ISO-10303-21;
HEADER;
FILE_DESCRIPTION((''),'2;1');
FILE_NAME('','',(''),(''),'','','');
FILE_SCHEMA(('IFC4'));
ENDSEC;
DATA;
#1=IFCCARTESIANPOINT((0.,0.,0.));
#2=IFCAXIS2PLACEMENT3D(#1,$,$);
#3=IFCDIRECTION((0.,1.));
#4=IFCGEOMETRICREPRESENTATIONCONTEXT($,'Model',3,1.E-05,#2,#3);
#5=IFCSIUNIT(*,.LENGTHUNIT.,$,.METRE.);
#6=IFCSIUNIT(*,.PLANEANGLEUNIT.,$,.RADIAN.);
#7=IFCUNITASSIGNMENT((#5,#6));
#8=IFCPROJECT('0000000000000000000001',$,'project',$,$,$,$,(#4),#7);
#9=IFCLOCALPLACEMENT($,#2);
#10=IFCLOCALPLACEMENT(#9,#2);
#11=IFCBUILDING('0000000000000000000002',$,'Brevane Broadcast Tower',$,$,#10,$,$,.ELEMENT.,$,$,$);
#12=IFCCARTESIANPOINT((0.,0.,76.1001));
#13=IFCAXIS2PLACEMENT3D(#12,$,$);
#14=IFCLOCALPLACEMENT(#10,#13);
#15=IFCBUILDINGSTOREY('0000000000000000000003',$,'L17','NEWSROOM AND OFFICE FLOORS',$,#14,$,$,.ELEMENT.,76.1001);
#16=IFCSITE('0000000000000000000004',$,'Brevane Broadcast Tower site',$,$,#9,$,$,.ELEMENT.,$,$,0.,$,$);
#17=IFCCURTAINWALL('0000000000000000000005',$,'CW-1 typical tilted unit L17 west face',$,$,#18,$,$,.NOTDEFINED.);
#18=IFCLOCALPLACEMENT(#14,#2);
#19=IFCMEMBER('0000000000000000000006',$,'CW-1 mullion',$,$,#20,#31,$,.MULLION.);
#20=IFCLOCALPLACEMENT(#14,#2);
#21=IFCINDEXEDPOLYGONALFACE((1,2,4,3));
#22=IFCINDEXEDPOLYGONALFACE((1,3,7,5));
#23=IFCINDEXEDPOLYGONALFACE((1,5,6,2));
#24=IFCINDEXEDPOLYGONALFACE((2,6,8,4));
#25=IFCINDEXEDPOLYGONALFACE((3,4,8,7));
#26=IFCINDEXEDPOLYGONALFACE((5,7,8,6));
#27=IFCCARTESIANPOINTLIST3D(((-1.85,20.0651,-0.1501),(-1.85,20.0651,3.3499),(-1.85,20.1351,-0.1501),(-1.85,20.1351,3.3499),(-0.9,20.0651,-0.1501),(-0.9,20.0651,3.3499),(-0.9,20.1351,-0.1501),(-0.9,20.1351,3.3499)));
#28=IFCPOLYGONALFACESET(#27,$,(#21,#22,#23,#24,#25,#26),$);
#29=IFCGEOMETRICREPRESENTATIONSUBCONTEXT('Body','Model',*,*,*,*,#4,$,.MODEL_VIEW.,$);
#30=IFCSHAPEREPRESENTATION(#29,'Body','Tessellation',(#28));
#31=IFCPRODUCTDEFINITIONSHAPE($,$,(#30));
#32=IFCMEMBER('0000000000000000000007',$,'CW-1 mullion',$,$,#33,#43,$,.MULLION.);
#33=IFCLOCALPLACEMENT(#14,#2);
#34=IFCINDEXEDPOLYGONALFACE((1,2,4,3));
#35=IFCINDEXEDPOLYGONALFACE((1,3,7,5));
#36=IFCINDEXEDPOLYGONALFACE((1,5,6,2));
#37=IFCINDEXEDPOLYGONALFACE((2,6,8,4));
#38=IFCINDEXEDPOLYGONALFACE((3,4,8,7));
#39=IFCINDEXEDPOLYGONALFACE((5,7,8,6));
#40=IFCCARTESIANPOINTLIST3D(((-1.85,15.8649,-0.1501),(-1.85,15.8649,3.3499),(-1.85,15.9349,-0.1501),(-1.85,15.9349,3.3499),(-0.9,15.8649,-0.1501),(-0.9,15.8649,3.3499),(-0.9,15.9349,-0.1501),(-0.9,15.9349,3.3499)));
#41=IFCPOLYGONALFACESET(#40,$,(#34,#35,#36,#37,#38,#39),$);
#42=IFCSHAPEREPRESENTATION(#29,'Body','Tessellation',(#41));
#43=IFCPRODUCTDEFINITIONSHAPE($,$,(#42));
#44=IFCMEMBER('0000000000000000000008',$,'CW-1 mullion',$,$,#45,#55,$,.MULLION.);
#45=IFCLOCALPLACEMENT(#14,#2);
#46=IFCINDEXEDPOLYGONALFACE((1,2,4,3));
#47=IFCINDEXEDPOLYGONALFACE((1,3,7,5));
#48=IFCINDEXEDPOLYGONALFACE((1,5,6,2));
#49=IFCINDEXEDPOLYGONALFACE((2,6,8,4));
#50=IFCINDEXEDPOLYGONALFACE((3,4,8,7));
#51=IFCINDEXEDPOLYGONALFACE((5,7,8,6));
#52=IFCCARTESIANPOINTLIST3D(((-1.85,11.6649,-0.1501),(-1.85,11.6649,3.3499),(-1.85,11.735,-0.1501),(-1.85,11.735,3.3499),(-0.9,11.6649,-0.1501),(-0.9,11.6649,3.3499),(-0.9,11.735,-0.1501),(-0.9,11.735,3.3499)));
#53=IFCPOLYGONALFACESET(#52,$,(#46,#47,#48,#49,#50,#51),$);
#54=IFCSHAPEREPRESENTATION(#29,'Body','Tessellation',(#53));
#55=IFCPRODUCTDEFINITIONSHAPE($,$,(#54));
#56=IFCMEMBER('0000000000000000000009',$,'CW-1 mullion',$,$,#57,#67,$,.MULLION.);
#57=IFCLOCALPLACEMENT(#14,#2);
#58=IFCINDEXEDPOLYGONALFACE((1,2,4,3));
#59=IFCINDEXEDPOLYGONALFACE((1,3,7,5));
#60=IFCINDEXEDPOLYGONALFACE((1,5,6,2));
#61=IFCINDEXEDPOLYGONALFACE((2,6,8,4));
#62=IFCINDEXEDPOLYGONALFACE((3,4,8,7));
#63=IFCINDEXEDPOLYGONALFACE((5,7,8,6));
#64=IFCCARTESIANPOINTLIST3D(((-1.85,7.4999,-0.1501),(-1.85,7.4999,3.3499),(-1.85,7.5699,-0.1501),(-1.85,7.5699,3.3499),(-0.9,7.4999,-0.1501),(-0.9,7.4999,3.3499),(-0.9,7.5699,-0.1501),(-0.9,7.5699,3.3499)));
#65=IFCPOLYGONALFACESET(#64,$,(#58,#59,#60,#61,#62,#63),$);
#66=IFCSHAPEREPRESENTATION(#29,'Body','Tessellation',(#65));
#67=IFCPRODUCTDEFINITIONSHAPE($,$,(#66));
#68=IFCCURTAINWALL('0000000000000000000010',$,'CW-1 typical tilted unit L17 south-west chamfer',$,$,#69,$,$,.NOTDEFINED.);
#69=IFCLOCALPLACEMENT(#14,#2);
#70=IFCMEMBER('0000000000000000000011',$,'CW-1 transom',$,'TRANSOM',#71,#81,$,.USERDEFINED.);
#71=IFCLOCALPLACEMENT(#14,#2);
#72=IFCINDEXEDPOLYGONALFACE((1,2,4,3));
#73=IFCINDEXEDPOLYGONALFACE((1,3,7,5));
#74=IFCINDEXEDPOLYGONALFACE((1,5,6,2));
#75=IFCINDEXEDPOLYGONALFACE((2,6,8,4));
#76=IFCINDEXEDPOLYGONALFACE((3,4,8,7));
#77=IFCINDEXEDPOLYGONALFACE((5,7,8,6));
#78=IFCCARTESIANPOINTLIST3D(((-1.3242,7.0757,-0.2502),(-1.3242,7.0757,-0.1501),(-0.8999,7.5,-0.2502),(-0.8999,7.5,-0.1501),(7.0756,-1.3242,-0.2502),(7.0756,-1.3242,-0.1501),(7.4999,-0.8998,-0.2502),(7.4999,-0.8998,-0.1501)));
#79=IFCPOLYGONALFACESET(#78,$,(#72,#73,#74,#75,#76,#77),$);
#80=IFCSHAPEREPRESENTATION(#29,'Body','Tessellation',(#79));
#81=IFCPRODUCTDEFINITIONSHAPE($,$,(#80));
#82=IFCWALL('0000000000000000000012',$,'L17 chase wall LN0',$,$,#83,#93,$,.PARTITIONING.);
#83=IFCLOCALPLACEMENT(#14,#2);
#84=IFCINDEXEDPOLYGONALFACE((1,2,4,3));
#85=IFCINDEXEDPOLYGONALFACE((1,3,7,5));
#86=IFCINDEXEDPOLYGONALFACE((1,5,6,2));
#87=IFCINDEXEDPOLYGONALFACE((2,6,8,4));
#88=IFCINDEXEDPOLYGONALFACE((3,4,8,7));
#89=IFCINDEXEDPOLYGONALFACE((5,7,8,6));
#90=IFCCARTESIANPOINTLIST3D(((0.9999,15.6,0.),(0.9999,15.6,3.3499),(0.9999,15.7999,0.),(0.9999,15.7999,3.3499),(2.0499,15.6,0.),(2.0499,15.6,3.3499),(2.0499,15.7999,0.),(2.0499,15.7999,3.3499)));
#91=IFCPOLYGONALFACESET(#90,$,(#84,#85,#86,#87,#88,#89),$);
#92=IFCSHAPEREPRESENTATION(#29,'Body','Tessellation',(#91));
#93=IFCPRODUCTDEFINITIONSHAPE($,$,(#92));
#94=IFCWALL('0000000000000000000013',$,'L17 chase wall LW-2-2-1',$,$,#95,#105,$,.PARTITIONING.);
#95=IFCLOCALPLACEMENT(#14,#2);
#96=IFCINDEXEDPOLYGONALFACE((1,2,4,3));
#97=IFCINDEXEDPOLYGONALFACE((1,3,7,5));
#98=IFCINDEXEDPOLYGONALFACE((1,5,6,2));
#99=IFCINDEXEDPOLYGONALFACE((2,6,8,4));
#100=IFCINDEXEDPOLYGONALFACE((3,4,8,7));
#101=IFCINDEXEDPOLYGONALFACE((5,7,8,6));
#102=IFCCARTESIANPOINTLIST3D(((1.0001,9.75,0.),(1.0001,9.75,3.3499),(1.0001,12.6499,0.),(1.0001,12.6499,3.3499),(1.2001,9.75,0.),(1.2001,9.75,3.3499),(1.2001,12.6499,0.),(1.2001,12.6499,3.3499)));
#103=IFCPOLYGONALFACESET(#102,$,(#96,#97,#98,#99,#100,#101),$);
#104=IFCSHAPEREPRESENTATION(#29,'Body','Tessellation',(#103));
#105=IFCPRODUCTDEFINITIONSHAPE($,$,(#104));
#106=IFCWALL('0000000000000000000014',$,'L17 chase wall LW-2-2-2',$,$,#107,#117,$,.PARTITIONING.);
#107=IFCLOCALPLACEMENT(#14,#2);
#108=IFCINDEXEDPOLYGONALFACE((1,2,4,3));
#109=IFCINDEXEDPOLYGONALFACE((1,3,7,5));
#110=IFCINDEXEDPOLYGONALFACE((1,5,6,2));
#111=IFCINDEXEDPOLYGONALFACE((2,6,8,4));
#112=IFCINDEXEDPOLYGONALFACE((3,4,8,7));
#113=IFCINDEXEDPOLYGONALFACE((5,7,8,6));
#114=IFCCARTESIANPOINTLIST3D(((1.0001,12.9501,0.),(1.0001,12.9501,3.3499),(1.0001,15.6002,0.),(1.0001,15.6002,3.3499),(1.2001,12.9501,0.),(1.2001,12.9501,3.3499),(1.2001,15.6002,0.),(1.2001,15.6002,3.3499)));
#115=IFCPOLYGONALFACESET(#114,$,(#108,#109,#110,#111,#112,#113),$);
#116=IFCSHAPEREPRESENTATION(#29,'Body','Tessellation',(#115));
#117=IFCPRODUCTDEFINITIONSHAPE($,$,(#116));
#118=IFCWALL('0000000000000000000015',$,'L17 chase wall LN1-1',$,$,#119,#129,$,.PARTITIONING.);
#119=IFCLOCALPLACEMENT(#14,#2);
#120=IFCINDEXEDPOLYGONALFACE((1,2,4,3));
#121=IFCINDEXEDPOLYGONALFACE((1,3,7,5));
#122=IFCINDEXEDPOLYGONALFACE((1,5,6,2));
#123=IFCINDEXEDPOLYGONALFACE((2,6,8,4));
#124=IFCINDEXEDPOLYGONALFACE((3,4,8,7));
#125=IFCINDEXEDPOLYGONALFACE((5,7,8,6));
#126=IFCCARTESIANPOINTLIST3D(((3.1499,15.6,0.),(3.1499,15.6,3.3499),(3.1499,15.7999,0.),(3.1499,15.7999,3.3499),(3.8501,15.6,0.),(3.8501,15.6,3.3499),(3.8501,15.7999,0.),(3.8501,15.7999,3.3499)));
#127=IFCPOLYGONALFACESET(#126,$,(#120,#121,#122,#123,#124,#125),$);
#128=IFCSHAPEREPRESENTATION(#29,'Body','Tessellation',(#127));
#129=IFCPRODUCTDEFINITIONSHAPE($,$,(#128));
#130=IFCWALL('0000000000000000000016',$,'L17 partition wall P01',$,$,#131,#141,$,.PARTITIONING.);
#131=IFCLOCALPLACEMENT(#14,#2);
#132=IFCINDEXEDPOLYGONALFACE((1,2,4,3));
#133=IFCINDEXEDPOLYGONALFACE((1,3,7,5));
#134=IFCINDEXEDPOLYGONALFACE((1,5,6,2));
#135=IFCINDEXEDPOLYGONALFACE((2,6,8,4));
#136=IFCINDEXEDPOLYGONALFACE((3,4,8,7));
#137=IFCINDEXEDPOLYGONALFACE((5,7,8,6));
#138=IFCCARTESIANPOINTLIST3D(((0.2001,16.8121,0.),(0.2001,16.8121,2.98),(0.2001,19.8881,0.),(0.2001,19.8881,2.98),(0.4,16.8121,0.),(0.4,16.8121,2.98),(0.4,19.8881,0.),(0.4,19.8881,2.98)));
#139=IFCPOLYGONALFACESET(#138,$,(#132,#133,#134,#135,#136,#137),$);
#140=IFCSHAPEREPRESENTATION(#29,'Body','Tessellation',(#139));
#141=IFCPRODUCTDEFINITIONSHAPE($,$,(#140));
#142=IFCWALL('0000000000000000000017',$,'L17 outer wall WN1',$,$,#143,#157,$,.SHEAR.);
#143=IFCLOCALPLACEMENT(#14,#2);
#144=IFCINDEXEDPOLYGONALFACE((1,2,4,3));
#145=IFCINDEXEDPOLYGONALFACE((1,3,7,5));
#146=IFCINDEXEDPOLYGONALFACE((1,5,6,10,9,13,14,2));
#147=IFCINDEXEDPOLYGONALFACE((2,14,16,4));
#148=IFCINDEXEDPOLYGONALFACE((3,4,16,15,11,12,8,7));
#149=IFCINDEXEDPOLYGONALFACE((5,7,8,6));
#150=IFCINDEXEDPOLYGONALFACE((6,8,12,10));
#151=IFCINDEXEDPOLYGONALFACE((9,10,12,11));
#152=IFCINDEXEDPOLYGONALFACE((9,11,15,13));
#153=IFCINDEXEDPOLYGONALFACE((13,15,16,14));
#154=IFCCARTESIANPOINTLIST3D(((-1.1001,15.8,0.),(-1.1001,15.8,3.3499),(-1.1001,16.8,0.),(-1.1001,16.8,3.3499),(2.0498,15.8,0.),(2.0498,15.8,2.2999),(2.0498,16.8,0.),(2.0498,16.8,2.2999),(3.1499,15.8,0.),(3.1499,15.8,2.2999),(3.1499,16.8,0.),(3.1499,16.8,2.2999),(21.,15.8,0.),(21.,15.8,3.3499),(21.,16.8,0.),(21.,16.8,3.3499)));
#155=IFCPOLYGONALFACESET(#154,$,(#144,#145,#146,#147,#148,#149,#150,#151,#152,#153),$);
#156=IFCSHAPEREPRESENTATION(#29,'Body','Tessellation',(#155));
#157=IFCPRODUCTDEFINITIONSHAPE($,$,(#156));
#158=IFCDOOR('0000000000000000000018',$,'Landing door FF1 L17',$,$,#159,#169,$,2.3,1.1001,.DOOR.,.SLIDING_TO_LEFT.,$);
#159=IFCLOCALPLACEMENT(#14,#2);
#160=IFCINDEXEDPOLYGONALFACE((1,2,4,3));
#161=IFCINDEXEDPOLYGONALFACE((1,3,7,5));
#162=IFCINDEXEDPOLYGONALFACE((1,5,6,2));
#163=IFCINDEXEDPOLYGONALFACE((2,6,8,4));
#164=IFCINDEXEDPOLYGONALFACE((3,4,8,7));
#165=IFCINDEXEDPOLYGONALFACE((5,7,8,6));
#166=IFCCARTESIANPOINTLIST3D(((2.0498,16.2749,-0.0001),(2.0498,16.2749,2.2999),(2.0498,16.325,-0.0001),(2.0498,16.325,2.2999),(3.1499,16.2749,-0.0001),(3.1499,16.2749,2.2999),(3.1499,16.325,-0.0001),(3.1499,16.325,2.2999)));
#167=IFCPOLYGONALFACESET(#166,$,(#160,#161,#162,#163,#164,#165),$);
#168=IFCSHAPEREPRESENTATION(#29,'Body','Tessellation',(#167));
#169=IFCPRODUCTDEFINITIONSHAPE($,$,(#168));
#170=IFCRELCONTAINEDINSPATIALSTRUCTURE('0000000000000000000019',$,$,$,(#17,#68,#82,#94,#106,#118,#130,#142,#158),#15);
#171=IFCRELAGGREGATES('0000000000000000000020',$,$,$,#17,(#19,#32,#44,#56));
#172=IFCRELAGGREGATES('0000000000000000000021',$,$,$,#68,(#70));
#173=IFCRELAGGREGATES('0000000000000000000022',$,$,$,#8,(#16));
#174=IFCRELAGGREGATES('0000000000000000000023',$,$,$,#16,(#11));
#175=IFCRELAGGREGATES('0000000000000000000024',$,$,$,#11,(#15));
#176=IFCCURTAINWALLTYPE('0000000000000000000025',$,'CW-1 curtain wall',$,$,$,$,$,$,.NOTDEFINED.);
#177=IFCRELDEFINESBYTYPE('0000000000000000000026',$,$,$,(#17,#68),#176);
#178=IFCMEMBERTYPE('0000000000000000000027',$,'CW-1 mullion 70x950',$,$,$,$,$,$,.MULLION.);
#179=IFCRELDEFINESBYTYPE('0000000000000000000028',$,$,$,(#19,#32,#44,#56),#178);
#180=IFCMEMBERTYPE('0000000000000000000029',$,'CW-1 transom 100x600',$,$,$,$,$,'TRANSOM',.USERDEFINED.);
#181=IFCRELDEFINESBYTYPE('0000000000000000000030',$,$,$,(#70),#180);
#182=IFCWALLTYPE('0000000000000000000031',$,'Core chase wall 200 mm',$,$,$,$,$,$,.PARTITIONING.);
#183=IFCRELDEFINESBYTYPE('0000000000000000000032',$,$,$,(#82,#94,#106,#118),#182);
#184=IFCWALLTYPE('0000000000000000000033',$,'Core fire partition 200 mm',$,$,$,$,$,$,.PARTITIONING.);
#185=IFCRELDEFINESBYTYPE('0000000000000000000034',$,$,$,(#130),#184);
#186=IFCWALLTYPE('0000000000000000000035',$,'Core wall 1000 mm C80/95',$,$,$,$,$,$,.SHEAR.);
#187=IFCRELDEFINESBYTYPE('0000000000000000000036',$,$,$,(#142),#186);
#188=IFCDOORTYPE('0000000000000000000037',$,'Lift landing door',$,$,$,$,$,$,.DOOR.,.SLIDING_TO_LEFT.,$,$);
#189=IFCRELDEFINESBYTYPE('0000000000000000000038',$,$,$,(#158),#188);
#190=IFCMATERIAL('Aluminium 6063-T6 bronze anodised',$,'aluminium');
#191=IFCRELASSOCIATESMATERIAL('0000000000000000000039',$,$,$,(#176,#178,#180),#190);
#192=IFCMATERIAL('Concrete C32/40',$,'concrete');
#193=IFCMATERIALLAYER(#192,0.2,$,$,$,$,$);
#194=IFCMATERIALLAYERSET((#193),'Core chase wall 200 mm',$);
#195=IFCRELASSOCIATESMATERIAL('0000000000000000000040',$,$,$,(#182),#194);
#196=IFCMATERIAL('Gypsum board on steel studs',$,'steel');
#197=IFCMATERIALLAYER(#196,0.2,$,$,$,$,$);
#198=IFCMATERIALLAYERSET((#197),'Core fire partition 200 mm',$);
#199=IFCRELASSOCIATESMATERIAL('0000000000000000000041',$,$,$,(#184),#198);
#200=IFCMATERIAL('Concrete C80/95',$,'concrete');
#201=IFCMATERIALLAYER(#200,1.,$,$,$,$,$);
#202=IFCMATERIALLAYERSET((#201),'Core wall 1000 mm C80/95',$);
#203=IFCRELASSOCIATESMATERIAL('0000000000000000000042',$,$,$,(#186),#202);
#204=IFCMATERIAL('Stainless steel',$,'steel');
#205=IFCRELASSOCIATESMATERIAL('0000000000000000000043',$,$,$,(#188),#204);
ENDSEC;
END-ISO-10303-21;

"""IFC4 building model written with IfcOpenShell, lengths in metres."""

from ifc_helpers import new_model, si_unit, direction, frame, frame_2d, origin, origin_2d, place, context, subcontext, project, spatial, rectangle, extrude, material, layer, layer_set, material_profile, profile_set, type_object, element, fill, aggregate, save


model = new_model("IFC4")

# Units and contexts
model_context = context("Model", 3, precision=1e-05, world=origin(), true_north=direction((0.0, 1.0)))
body_context = subcontext(model_context, "Body", "Model", "MODEL_VIEW")
ifc_project = project(units=[si_unit("LENGTHUNIT", "METRE"), si_unit("PLANEANGLEUNIT", "RADIAN")], contexts=[model_context])

# Site, building, storey
site_placement = place(None, origin())
site = spatial("IfcSite", under=ifc_project, at=site_placement, Name="Brevane Broadcast Tower site", CompositionType="ELEMENT", RefElevation=0.0)
building_placement = place(site_placement, origin())
building = spatial("IfcBuilding", under=site, at=building_placement, Name="Brevane Broadcast Tower", CompositionType="ELEMENT")
storey_placement = place(building_placement, frame((0.0, 0.0, 76.1001)))
storey = spatial("IfcBuildingStorey", under=building, at=storey_placement, Name="L17", Description="NEWSROOM AND OFFICE FLOORS", CompositionType="ELEMENT", Elevation=76.1001)

# Curtain wall, members
ifc_material_1 = material(Name="Aluminium 6063-T6 bronze anodised", Category="aluminium")
curtain_wall_type = type_object("IfcCurtainWallType", Name="CW-1 curtain wall", PredefinedType="NOTDEFINED", material=ifc_material_1)
curtain_wall_1_placement = place(storey_placement, origin())
curtain_wall_1 = element("IfcCurtainWall", 1, at=curtain_wall_1_placement, inside=storey, type_object=curtain_wall_type, Name="CW-1 typical tilted unit L17 west face", PredefinedType="NOTDEFINED")
ifc_material_profile_1 = material_profile(ifc_material_1, rectangle(XDim=0.95, YDim=0.0701, at=origin_2d()), Name="RECT 70x950")
ifc_profile_set_1 = profile_set([ifc_material_profile_1], Name="Aluminium 6063-T6 bronze anodised")
member_type_1 = type_object("IfcMemberType", Name="CW-1 mullion 70x950", PredefinedType="MULLION", material=ifc_profile_set_1)
member_1_placement = place(storey_placement, frame((-1.375, 20.1001, -0.1501), z_axis=(0.0, 0.0, 1.0), x_axis=(1.0, 0.0, 0.0)))
member_1 = element("IfcMember", 2, at=member_1_placement, type_object=member_type_1, Name="CW-1 mullion", PredefinedType="MULLION", context=body_context, shape_type="SweptSolid", body=[
    extrude(rectangle(XDim=0.95, YDim=0.0701, at=origin_2d()), origin(), (0.0, 0.0, 1.0), 3.5),
])
member_2_placement = place(storey_placement, frame((-1.375, 15.8999, -0.1501), z_axis=(0.0, 0.0, 1.0), x_axis=(1.0, 0.0, 0.0)))
member_2 = element("IfcMember", 3, at=member_2_placement, type_object=member_type_1, Name="CW-1 mullion", PredefinedType="MULLION", context=body_context, shape_type="SweptSolid", body=[
    extrude(rectangle(XDim=0.95, YDim=0.0701, at=origin_2d()), origin(), (0.0, 0.0, 1.0), 3.5),
])
member_3_placement = place(storey_placement, frame((-1.375, 11.7, -0.1501), z_axis=(0.0, 0.0, 1.0), x_axis=(1.0, 0.0, 0.0)))
member_3 = element("IfcMember", 4, at=member_3_placement, type_object=member_type_1, Name="CW-1 mullion", PredefinedType="MULLION", context=body_context, shape_type="SweptSolid", body=[
    extrude(rectangle(XDim=0.95, YDim=0.0701, at=origin_2d()), origin(), (0.0, 0.0, 1.0), 3.5),
])
member_4_placement = place(storey_placement, frame((-1.375, 7.5349, -0.1501), z_axis=(0.0, 0.0, 1.0), x_axis=(1.0, 0.0, 0.0)))
member_4 = element("IfcMember", 5, at=member_4_placement, type_object=member_type_1, Name="CW-1 mullion", PredefinedType="MULLION", context=body_context, shape_type="SweptSolid", body=[
    extrude(rectangle(XDim=0.95, YDim=0.0701, at=origin_2d()), origin(), (0.0, 0.0, 1.0), 3.5),
])
aggregate(curtain_wall_1, [member_1, member_2, member_3, member_4])

# Curtain wall, member
curtain_wall_2_placement = place(storey_placement, origin())
curtain_wall_2 = element("IfcCurtainWall", 6, at=curtain_wall_2_placement, inside=storey, type_object=curtain_wall_type, Name="CW-1 typical tilted unit L17 south-west chamfer", PredefinedType="NOTDEFINED")
ifc_material_profile_2 = material_profile(ifc_material_1, rectangle(XDim=0.6001, YDim=0.1001, at=origin_2d()), Name="RECT 100x600")
ifc_profile_set_2 = profile_set([ifc_material_profile_2], Name="Aluminium 6063-T6 bronze anodised")
member_type_2 = type_object("IfcMemberType", Name="CW-1 transom 100x600", ElementType="TRANSOM", PredefinedType="USERDEFINED", material=ifc_profile_set_2)
member_5_placement = place(storey_placement, frame((-1.1121, 7.2878, -0.2002), z_axis=(0.707107, -0.707107, 0.0), x_axis=(0.707107, 0.707107, 0.0)))
member_5 = element("IfcMember", 7, at=member_5_placement, type_object=member_type_2, Name="CW-1 transom", ObjectType="TRANSOM", PredefinedType="USERDEFINED", context=body_context, shape_type="SweptSolid", body=[
    extrude(rectangle(XDim=0.6001, YDim=0.1001, at=origin_2d()), origin(), (0.0, 0.0, 1.0), 11.8792),
])
aggregate(curtain_wall_2, [member_5])

# Walls
ifc_material_2 = material(Name="Concrete C32/40", Category="concrete")
ifc_layer_1 = layer(ifc_material_2, 0.2)
ifc_layer_set_1 = layer_set([ifc_layer_1], Name="Core chase wall 200 mm")
wall_type_1 = type_object("IfcWallType", Name="Core chase wall 200 mm", PredefinedType="PARTITIONING", material=ifc_layer_set_1)
wall_1_placement = place(storey_placement, frame((1.0, 15.7, 0.0), z_axis=(0.0, 0.0, 1.0), x_axis=(1.0, 0.0, 0.0)))
element("IfcWall", 8, at=wall_1_placement, inside=storey, type_object=wall_type_1, Name="L17 chase wall LN0", PredefinedType="PARTITIONING", context=body_context, shape_type="SweptSolid", body=[
    extrude(rectangle(XDim=1.05, YDim=0.2, at=frame_2d((0.5249, 0.0))), origin(), (0.0, 0.0, 1.0), 3.3499),
])
wall_2_placement = place(storey_placement, frame((1.1001, 9.75, 0.0), z_axis=(0.0, 0.0, 1.0), x_axis=(0.0, 1.0, 0.0)))
element("IfcWall", 9, at=wall_2_placement, inside=storey, type_object=wall_type_1, Name="L17 chase wall LW-2-2-1", PredefinedType="PARTITIONING", context=body_context, shape_type="SweptSolid", body=[
    extrude(rectangle(XDim=2.8999, YDim=0.2, at=frame_2d((1.45, 0.0))), origin(), (0.0, 0.0, 1.0), 3.3499),
])
wall_3_placement = place(storey_placement, frame((1.1001, 12.95, 0.0), z_axis=(0.0, 0.0, 1.0), x_axis=(0.0, 1.0, 0.0)))
element("IfcWall", 10, at=wall_3_placement, inside=storey, type_object=wall_type_1, Name="L17 chase wall LW-2-2-2", PredefinedType="PARTITIONING", context=body_context, shape_type="SweptSolid", body=[
    extrude(rectangle(XDim=2.6501, YDim=0.2, at=frame_2d((1.3252, 0.0))), origin(), (0.0, 0.0, 1.0), 3.3499),
])
wall_4_placement = place(storey_placement, frame((3.1499, 15.7, 0.0), z_axis=(0.0, 0.0, 1.0), x_axis=(1.0, 0.0, 0.0)))
element("IfcWall", 11, at=wall_4_placement, inside=storey, type_object=wall_type_1, Name="L17 chase wall LN1-1", PredefinedType="PARTITIONING", context=body_context, shape_type="SweptSolid", body=[
    extrude(rectangle(XDim=0.7002, YDim=0.2, at=frame_2d((0.3501, 0.0))), origin(), (0.0, 0.0, 1.0), 3.3499),
])
ifc_material_3 = material(Name="Gypsum board on steel studs", Category="steel")
ifc_layer_2 = layer(ifc_material_3, 0.2)
ifc_layer_set_2 = layer_set([ifc_layer_2], Name="Core fire partition 200 mm")
wall_type_2 = type_object("IfcWallType", Name="Core fire partition 200 mm", PredefinedType="PARTITIONING", material=ifc_layer_set_2)
wall_5_placement = place(storey_placement, frame((0.3, 16.812, 0.0), z_axis=(0.0, 0.0, 1.0), x_axis=(0.0, 1.0, 0.0)))
element("IfcWall", 12, at=wall_5_placement, inside=storey, type_object=wall_type_2, Name="L17 partition wall P01", PredefinedType="PARTITIONING", context=body_context, shape_type="SweptSolid", body=[
    extrude(rectangle(XDim=3.0759, YDim=0.2, at=frame_2d((1.5381, 0.0))), origin(), (0.0, 0.0, 1.0), 2.98),
])

# Wall, opening, door
ifc_material_4 = material(Name="Concrete C80/95", Category="concrete")
ifc_layer_3 = layer(ifc_material_4, 1.0)
ifc_layer_set_3 = layer_set([ifc_layer_3], Name="Core wall 1000 mm C80/95")
wall_type_3 = type_object("IfcWallType", Name="Core wall 1000 mm C80/95", PredefinedType="SHEAR", material=ifc_layer_set_3)
wall_6_placement = place(storey_placement, frame((-1.1001, 16.3, 0.0), z_axis=(0.0, 0.0, 1.0), x_axis=(1.0, 0.0, 0.0)))
wall_6 = element("IfcWall", 13, at=wall_6_placement, inside=storey, type_object=wall_type_3, Name="L17 outer wall WN1", PredefinedType="SHEAR", context=body_context, shape_type="SweptSolid", body=[
    extrude(rectangle(XDim=22.1001, YDim=1.0, at=frame_2d((11.05, 0.0))), origin(), (0.0, 0.0, 1.0), 3.3499),
])
opening_1_placement = place(wall_6_placement, frame((3.1499, 0.0, 0.0)))
opening_1 = element("IfcOpeningElement", 14, at=opening_1_placement, cuts=wall_6, PredefinedType="OPENING", context=body_context, shape_type="SweptSolid", body=[
    extrude(rectangle(XDim=1.1001, YDim=2.3, at=frame_2d((0.55, 1.1499))), frame((0.0, 0.51, 0.0), z_axis=(0.0, -1.0, 0.0), x_axis=(1.0, 0.0, 0.0)), (0.0, 0.0, 1.0), 1.02),
])
ifc_material_5 = material(Name="Stainless steel", Category="steel")
door_type = type_object("IfcDoorType", Name="Lift landing door", OperationType="SLIDING_TO_LEFT", PredefinedType="DOOR", material=ifc_material_5)
door_1_placement = place(opening_1_placement, origin())
door_1 = element("IfcDoor", 15, at=door_1_placement, inside=storey, type_object=door_type, Name="Landing door FF1 L17", OperationType="SLIDING_TO_LEFT", OverallHeight=2.3, OverallWidth=1.1001, PredefinedType="DOOR", context=body_context, shape_type="SweptSolid", body=[
    extrude(rectangle(XDim=1.1001, YDim=2.3, at=frame_2d((0.55, 1.1499))), frame((0.0, 0.0249, 0.0), z_axis=(0.0, -1.0, 0.0), x_axis=(1.0, 0.0, 0.0)), (0.0, 0.0, 1.0), 0.05),
])
fill(opening_1, door_1)

save(model, "model.ifc")
